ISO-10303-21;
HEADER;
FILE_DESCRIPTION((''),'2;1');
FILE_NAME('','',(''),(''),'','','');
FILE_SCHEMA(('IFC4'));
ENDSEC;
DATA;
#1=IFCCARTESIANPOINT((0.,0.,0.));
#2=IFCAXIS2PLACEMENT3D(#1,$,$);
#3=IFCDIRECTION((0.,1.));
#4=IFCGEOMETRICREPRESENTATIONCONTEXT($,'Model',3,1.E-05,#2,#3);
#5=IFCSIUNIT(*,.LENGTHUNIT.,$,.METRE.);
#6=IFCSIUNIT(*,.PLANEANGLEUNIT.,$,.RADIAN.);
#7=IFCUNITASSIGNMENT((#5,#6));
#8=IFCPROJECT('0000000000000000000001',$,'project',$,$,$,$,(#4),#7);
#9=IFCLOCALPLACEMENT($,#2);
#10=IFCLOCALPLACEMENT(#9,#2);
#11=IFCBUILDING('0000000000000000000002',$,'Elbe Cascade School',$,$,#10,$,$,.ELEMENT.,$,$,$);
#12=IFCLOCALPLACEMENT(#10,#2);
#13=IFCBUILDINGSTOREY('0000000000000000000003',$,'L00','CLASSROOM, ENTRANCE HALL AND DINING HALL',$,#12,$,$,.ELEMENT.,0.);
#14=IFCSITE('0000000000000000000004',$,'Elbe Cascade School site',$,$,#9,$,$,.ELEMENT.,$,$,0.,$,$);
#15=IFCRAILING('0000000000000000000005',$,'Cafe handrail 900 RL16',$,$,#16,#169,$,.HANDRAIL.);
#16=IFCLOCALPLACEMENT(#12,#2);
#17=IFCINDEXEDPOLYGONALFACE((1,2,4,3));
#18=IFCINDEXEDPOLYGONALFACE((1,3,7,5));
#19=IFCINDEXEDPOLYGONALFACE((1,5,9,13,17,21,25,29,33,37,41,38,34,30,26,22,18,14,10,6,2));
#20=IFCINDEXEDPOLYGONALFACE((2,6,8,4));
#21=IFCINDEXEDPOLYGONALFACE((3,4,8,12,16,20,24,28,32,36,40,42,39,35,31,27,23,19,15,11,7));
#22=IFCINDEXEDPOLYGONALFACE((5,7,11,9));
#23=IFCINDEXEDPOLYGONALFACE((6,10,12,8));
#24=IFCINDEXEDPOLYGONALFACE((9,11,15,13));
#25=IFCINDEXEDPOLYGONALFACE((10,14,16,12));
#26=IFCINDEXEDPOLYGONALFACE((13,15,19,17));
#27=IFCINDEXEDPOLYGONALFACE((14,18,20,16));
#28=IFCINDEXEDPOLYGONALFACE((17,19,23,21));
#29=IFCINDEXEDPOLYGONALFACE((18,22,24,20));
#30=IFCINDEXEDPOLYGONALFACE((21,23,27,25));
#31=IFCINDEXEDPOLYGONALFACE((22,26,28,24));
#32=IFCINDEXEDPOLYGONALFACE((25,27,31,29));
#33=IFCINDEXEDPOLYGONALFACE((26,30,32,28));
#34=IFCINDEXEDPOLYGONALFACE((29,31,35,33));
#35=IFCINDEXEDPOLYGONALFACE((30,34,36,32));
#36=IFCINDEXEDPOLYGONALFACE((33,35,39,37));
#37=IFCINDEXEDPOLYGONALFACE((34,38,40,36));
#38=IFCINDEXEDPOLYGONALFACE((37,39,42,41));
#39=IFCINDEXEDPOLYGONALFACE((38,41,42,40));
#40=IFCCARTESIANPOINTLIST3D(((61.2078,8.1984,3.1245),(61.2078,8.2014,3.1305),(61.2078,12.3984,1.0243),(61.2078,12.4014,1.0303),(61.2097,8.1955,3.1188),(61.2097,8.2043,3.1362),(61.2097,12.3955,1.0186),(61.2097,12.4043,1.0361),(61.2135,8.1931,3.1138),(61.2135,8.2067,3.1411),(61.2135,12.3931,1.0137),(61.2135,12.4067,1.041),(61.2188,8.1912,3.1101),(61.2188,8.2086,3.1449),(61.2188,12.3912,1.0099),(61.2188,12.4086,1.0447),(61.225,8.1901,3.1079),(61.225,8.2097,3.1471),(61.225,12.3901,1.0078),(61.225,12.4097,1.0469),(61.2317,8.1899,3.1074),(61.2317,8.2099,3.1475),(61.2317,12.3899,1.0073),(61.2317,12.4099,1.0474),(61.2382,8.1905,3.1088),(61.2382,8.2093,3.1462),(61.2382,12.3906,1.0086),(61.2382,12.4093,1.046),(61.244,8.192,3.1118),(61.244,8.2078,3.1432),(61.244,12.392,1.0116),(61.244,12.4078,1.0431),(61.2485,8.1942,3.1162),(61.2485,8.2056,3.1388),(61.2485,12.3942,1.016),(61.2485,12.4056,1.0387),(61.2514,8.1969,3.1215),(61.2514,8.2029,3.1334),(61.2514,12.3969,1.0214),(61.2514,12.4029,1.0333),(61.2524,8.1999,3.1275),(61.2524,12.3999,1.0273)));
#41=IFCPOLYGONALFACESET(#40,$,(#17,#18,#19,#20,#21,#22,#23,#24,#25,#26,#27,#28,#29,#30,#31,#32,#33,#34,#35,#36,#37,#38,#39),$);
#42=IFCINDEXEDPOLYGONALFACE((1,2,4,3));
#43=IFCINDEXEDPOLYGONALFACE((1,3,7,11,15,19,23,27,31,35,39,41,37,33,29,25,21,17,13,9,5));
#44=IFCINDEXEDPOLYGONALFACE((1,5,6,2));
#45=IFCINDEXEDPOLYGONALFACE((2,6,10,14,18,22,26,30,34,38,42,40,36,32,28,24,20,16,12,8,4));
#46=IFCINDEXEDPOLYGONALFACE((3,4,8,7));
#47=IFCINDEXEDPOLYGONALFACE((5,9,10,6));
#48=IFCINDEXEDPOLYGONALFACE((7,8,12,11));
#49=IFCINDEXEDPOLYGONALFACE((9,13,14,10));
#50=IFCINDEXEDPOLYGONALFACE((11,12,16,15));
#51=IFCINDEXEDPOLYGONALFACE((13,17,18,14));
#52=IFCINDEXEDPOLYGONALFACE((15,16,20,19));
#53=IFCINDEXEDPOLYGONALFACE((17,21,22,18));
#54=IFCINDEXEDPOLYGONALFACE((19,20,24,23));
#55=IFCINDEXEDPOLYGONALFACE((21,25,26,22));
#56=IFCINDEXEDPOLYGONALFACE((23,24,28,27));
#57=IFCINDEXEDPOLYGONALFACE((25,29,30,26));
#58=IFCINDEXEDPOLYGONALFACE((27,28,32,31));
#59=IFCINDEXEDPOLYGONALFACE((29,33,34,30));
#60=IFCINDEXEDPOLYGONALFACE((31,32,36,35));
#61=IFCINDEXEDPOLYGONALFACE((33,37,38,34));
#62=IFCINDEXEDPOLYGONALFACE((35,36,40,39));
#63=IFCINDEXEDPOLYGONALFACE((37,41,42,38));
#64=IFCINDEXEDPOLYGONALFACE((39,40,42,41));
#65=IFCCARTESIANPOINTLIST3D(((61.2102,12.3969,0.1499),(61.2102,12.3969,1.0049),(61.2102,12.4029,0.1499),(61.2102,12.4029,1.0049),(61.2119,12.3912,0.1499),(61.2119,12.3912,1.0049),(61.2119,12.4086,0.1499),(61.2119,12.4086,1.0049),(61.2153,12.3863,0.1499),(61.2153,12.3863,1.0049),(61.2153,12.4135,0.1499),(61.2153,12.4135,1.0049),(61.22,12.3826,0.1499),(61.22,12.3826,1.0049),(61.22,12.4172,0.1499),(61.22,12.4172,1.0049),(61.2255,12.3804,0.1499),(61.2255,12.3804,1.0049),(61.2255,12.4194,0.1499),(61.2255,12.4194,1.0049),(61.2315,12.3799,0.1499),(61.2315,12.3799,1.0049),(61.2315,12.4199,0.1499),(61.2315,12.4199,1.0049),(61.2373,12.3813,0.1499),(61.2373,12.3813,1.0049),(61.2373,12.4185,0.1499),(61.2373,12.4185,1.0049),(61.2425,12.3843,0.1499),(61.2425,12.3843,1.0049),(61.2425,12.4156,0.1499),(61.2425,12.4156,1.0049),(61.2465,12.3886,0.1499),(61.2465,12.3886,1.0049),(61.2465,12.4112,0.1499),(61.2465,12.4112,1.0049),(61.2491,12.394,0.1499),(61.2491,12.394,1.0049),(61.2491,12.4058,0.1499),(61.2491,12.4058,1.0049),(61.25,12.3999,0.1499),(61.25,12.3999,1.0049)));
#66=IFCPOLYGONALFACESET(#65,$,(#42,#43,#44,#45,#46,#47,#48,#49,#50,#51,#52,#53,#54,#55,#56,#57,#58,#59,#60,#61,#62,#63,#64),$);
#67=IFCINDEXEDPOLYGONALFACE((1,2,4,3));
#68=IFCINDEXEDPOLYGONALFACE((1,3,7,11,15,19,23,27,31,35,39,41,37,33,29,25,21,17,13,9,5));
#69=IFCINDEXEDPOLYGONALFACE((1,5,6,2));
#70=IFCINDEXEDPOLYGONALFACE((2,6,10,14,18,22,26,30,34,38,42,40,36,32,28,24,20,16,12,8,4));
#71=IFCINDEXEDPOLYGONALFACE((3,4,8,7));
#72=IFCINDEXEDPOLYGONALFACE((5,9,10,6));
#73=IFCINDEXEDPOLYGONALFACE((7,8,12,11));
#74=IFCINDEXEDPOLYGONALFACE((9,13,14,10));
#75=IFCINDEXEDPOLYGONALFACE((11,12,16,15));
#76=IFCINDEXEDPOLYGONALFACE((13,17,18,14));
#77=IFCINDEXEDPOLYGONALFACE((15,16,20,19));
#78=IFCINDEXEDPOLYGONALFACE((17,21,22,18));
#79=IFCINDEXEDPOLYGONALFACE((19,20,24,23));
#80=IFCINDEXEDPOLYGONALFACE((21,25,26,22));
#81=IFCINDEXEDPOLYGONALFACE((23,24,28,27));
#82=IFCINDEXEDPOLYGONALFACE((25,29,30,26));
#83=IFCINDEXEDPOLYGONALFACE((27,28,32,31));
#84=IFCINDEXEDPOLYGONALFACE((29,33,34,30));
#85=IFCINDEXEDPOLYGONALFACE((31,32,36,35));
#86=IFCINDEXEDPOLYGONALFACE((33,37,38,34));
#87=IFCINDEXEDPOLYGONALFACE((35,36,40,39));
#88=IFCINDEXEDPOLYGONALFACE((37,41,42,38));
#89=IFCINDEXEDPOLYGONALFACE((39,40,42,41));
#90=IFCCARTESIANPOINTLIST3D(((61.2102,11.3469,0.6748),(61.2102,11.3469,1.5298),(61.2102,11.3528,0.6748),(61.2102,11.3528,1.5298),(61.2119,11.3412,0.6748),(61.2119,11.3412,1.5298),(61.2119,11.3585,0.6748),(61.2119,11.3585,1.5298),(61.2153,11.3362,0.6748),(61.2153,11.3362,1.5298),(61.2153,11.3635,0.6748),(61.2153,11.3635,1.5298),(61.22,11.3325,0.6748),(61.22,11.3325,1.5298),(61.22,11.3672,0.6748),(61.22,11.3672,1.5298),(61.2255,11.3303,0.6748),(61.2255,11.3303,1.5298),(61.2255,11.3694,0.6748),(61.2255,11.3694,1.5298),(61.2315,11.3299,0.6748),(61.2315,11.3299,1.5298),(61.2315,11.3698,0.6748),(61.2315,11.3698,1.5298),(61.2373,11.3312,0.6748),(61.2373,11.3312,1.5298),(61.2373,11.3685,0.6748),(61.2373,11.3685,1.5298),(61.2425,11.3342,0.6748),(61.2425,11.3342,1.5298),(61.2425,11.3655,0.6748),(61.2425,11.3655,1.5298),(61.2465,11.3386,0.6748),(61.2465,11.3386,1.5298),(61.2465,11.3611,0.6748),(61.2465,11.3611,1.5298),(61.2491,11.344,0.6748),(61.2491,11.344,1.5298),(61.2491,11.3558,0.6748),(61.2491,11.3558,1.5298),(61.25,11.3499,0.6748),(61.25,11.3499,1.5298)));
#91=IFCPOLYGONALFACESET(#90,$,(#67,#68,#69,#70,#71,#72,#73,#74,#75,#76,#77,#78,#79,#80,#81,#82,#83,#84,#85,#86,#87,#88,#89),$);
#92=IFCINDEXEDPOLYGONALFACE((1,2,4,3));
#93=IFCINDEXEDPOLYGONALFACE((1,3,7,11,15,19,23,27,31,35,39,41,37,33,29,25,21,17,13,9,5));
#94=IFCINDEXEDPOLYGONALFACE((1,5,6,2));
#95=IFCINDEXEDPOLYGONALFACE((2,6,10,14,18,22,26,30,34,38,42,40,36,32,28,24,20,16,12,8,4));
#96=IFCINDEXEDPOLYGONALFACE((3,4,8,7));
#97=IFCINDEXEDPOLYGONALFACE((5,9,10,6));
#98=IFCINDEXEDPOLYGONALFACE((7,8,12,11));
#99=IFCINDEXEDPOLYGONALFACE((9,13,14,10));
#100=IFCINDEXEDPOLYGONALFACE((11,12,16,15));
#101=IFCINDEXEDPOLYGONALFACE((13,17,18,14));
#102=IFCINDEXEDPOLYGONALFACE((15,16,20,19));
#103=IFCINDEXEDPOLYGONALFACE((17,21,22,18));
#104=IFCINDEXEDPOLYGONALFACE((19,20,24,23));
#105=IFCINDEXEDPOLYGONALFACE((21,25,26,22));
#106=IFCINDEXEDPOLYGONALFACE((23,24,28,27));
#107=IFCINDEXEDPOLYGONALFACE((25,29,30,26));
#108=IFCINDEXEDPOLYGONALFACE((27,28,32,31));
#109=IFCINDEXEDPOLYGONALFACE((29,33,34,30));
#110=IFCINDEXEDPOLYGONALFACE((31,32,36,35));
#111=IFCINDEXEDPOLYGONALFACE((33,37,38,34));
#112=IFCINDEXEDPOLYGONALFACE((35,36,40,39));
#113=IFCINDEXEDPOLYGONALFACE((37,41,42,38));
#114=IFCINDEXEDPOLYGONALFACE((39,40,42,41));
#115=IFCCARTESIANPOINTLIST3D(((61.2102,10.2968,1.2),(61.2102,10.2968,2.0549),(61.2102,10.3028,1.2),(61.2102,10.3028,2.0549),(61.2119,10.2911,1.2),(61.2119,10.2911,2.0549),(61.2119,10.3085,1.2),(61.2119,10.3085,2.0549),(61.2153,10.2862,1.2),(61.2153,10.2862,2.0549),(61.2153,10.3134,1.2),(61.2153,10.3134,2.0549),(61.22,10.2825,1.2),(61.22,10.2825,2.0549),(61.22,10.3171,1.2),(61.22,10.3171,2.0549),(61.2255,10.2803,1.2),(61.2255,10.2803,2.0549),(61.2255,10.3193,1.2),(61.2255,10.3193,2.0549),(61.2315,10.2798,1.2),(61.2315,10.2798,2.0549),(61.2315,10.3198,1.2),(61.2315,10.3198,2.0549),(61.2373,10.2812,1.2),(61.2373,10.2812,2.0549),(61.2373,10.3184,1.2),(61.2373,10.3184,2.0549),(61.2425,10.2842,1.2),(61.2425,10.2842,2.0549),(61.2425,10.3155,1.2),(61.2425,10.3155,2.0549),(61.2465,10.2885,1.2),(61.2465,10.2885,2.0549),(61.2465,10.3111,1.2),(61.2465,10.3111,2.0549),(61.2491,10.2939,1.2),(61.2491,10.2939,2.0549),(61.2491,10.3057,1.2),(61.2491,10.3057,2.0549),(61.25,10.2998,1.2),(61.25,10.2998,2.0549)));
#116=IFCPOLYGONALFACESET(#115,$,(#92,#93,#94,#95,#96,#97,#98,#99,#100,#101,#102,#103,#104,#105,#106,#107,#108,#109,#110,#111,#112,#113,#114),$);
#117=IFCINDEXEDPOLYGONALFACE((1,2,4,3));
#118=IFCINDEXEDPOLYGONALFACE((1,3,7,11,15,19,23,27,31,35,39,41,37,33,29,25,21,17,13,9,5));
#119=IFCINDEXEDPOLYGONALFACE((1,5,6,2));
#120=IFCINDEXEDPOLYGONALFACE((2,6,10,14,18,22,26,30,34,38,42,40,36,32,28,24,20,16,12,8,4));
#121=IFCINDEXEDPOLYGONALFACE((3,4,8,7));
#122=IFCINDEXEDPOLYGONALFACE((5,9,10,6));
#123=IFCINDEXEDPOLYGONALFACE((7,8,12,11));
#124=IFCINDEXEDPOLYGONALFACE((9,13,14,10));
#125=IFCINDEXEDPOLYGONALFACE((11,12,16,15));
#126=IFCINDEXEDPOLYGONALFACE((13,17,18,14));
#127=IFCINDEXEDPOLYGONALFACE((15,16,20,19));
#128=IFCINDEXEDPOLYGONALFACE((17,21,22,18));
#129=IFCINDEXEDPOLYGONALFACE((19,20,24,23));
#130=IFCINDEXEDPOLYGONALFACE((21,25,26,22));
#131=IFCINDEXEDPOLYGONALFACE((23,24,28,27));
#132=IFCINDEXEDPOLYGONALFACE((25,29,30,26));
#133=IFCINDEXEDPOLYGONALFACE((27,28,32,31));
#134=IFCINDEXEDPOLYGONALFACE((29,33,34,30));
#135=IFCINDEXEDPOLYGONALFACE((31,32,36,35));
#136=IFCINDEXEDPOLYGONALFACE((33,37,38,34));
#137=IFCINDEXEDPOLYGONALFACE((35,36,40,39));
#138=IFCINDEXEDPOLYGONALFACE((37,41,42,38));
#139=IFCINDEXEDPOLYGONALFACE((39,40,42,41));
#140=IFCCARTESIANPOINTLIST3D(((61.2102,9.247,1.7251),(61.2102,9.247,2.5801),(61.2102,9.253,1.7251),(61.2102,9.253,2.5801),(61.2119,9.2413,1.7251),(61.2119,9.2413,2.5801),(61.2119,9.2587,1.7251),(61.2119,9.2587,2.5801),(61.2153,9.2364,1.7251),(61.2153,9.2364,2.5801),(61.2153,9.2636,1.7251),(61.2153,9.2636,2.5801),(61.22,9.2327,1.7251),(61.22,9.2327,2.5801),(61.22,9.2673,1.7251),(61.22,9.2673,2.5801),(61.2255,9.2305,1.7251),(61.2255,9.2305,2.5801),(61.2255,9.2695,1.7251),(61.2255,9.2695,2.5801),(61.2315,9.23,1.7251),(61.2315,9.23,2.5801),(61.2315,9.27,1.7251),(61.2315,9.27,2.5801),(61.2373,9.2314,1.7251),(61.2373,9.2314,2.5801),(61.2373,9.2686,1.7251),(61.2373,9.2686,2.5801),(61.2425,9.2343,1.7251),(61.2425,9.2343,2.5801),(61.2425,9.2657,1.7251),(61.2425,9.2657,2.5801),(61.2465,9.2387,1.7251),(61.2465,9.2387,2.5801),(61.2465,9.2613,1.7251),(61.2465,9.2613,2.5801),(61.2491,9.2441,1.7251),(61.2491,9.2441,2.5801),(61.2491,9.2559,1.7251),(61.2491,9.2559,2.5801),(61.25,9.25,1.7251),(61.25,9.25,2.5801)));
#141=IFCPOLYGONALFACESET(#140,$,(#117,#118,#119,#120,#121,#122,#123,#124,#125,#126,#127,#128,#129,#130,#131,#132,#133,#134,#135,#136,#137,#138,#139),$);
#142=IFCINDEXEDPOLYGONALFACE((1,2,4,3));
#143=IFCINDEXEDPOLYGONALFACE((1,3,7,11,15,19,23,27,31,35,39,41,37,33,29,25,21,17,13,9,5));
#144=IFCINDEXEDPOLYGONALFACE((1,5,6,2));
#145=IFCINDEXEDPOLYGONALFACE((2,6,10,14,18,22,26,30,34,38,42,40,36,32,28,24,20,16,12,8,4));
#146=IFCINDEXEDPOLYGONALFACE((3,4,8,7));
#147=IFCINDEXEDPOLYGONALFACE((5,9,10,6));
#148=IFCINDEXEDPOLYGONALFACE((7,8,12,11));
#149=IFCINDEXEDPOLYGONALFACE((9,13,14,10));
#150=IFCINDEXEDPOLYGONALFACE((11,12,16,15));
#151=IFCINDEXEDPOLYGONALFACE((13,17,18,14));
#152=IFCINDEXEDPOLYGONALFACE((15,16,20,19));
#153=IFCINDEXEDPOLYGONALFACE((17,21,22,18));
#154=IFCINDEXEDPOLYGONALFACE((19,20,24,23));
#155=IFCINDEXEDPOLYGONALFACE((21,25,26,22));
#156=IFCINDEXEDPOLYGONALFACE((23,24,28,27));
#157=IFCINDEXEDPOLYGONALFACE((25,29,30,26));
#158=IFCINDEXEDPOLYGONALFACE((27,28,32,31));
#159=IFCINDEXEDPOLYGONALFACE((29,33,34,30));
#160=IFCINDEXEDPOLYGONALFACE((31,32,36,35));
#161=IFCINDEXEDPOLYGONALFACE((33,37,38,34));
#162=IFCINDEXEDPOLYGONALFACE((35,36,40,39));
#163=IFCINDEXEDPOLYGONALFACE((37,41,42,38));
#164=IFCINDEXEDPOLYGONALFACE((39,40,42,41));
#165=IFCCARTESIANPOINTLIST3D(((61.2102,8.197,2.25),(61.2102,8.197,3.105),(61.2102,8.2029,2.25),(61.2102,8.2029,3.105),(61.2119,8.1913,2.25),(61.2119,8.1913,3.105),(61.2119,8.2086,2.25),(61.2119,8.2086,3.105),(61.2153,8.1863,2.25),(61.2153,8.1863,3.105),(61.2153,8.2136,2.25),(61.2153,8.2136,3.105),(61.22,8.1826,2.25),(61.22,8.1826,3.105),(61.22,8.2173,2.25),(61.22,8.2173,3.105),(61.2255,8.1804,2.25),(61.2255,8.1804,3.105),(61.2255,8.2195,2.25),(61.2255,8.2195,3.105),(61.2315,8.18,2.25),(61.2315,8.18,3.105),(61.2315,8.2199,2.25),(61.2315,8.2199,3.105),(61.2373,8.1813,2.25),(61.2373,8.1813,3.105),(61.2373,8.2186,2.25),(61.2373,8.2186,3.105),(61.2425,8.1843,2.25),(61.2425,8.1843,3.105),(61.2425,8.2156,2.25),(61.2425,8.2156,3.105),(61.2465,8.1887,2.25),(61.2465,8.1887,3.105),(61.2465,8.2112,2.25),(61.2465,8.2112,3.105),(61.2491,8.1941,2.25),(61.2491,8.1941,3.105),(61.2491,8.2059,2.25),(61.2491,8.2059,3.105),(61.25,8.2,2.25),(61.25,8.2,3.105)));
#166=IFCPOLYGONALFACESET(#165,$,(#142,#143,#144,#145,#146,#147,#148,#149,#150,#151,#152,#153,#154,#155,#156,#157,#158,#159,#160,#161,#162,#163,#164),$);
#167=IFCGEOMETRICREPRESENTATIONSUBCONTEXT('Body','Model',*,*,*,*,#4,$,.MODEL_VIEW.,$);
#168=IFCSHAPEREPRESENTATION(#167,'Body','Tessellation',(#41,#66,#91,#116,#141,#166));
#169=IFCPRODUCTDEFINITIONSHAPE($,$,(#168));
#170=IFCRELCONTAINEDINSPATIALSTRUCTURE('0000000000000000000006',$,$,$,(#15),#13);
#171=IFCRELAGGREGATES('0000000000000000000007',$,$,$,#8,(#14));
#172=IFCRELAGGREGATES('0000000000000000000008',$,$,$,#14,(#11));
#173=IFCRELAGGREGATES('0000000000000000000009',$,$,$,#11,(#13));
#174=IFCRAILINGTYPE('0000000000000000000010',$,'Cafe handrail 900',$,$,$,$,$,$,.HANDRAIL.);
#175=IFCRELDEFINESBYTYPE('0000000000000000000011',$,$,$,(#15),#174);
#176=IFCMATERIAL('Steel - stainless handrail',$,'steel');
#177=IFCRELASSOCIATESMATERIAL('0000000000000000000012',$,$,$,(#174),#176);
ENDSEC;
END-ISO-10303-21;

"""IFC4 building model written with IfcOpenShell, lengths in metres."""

from ifc_helpers import new_model, si_unit, direction, frame, origin, origin_2d, place, context, subcontext, project, spatial, circle, extrude, material, type_object, element, save


model = new_model("IFC4")

# Units and contexts
model_context = context("Model", 3, precision=1e-05, world=origin(), true_north=direction((0.0, 1.0)))
body_context = subcontext(model_context, "Body", "Model", "MODEL_VIEW")
ifc_project = project(units=[si_unit("LENGTHUNIT", "METRE"), si_unit("PLANEANGLEUNIT", "RADIAN")], contexts=[model_context])

# Site, building, storey
site_placement = place(None, origin())
site = spatial("IfcSite", under=ifc_project, at=site_placement, Name="Elbe Cascade School site", CompositionType="ELEMENT", RefElevation=0.0)
building_placement = place(site_placement, origin())
building = spatial("IfcBuilding", under=site, at=building_placement, Name="Elbe Cascade School", CompositionType="ELEMENT")
storey_placement = place(building_placement, origin())
storey = spatial("IfcBuildingStorey", under=building, at=storey_placement, Name="L00", Description="CLASSROOM, ENTRANCE HALL AND DINING HALL", CompositionType="ELEMENT", Elevation=0.0)

# Railing
ifc_material_1 = material(Name="Steel - stainless handrail", Category="steel")
railing_type_1 = type_object("IfcRailingType", Name="Cafe handrail 900", PredefinedType="HANDRAIL", material=ifc_material_1)
railing_1_placement = place(storey_placement, frame((61.23, 12.3999, 0.1499)))
element("IfcRailing", 1, at=railing_1_placement, inside=storey, type_object=railing_type_1, Name="Cafe handrail 900 RL16", PredefinedType="HANDRAIL", context=body_context, shape_type="SweptSolid", body=[
    extrude(circle(Radius=0.0225, at=origin_2d()), frame((0.0, 0.0, 0.8774), z_axis=(0.0, -0.894417, 0.447234), x_axis=(1.0, 0.0, 0.0)), (0.0, 0.0, 1.0), 4.6958),
    extrude(circle(Radius=0.02, at=origin_2d()), origin(), (0.0, 0.0, 1.0), 0.855),
    extrude(circle(Radius=0.02, at=origin_2d()), frame((0.0, -1.05, 0.5249)), (0.0, 0.0, 1.0), 0.855),
    extrude(circle(Radius=0.02, at=origin_2d()), frame((0.0, -2.1001, 1.05)), (0.0, 0.0, 1.0), 0.855),
    extrude(circle(Radius=0.02, at=origin_2d()), frame((0.0, -3.1499, 1.5752)), (0.0, 0.0, 1.0), 0.855),
    extrude(circle(Radius=0.02, at=origin_2d()), frame((0.0, -4.2, 2.1001)), (0.0, 0.0, 1.0), 0.855),
])

save(model, "model.ifc")
